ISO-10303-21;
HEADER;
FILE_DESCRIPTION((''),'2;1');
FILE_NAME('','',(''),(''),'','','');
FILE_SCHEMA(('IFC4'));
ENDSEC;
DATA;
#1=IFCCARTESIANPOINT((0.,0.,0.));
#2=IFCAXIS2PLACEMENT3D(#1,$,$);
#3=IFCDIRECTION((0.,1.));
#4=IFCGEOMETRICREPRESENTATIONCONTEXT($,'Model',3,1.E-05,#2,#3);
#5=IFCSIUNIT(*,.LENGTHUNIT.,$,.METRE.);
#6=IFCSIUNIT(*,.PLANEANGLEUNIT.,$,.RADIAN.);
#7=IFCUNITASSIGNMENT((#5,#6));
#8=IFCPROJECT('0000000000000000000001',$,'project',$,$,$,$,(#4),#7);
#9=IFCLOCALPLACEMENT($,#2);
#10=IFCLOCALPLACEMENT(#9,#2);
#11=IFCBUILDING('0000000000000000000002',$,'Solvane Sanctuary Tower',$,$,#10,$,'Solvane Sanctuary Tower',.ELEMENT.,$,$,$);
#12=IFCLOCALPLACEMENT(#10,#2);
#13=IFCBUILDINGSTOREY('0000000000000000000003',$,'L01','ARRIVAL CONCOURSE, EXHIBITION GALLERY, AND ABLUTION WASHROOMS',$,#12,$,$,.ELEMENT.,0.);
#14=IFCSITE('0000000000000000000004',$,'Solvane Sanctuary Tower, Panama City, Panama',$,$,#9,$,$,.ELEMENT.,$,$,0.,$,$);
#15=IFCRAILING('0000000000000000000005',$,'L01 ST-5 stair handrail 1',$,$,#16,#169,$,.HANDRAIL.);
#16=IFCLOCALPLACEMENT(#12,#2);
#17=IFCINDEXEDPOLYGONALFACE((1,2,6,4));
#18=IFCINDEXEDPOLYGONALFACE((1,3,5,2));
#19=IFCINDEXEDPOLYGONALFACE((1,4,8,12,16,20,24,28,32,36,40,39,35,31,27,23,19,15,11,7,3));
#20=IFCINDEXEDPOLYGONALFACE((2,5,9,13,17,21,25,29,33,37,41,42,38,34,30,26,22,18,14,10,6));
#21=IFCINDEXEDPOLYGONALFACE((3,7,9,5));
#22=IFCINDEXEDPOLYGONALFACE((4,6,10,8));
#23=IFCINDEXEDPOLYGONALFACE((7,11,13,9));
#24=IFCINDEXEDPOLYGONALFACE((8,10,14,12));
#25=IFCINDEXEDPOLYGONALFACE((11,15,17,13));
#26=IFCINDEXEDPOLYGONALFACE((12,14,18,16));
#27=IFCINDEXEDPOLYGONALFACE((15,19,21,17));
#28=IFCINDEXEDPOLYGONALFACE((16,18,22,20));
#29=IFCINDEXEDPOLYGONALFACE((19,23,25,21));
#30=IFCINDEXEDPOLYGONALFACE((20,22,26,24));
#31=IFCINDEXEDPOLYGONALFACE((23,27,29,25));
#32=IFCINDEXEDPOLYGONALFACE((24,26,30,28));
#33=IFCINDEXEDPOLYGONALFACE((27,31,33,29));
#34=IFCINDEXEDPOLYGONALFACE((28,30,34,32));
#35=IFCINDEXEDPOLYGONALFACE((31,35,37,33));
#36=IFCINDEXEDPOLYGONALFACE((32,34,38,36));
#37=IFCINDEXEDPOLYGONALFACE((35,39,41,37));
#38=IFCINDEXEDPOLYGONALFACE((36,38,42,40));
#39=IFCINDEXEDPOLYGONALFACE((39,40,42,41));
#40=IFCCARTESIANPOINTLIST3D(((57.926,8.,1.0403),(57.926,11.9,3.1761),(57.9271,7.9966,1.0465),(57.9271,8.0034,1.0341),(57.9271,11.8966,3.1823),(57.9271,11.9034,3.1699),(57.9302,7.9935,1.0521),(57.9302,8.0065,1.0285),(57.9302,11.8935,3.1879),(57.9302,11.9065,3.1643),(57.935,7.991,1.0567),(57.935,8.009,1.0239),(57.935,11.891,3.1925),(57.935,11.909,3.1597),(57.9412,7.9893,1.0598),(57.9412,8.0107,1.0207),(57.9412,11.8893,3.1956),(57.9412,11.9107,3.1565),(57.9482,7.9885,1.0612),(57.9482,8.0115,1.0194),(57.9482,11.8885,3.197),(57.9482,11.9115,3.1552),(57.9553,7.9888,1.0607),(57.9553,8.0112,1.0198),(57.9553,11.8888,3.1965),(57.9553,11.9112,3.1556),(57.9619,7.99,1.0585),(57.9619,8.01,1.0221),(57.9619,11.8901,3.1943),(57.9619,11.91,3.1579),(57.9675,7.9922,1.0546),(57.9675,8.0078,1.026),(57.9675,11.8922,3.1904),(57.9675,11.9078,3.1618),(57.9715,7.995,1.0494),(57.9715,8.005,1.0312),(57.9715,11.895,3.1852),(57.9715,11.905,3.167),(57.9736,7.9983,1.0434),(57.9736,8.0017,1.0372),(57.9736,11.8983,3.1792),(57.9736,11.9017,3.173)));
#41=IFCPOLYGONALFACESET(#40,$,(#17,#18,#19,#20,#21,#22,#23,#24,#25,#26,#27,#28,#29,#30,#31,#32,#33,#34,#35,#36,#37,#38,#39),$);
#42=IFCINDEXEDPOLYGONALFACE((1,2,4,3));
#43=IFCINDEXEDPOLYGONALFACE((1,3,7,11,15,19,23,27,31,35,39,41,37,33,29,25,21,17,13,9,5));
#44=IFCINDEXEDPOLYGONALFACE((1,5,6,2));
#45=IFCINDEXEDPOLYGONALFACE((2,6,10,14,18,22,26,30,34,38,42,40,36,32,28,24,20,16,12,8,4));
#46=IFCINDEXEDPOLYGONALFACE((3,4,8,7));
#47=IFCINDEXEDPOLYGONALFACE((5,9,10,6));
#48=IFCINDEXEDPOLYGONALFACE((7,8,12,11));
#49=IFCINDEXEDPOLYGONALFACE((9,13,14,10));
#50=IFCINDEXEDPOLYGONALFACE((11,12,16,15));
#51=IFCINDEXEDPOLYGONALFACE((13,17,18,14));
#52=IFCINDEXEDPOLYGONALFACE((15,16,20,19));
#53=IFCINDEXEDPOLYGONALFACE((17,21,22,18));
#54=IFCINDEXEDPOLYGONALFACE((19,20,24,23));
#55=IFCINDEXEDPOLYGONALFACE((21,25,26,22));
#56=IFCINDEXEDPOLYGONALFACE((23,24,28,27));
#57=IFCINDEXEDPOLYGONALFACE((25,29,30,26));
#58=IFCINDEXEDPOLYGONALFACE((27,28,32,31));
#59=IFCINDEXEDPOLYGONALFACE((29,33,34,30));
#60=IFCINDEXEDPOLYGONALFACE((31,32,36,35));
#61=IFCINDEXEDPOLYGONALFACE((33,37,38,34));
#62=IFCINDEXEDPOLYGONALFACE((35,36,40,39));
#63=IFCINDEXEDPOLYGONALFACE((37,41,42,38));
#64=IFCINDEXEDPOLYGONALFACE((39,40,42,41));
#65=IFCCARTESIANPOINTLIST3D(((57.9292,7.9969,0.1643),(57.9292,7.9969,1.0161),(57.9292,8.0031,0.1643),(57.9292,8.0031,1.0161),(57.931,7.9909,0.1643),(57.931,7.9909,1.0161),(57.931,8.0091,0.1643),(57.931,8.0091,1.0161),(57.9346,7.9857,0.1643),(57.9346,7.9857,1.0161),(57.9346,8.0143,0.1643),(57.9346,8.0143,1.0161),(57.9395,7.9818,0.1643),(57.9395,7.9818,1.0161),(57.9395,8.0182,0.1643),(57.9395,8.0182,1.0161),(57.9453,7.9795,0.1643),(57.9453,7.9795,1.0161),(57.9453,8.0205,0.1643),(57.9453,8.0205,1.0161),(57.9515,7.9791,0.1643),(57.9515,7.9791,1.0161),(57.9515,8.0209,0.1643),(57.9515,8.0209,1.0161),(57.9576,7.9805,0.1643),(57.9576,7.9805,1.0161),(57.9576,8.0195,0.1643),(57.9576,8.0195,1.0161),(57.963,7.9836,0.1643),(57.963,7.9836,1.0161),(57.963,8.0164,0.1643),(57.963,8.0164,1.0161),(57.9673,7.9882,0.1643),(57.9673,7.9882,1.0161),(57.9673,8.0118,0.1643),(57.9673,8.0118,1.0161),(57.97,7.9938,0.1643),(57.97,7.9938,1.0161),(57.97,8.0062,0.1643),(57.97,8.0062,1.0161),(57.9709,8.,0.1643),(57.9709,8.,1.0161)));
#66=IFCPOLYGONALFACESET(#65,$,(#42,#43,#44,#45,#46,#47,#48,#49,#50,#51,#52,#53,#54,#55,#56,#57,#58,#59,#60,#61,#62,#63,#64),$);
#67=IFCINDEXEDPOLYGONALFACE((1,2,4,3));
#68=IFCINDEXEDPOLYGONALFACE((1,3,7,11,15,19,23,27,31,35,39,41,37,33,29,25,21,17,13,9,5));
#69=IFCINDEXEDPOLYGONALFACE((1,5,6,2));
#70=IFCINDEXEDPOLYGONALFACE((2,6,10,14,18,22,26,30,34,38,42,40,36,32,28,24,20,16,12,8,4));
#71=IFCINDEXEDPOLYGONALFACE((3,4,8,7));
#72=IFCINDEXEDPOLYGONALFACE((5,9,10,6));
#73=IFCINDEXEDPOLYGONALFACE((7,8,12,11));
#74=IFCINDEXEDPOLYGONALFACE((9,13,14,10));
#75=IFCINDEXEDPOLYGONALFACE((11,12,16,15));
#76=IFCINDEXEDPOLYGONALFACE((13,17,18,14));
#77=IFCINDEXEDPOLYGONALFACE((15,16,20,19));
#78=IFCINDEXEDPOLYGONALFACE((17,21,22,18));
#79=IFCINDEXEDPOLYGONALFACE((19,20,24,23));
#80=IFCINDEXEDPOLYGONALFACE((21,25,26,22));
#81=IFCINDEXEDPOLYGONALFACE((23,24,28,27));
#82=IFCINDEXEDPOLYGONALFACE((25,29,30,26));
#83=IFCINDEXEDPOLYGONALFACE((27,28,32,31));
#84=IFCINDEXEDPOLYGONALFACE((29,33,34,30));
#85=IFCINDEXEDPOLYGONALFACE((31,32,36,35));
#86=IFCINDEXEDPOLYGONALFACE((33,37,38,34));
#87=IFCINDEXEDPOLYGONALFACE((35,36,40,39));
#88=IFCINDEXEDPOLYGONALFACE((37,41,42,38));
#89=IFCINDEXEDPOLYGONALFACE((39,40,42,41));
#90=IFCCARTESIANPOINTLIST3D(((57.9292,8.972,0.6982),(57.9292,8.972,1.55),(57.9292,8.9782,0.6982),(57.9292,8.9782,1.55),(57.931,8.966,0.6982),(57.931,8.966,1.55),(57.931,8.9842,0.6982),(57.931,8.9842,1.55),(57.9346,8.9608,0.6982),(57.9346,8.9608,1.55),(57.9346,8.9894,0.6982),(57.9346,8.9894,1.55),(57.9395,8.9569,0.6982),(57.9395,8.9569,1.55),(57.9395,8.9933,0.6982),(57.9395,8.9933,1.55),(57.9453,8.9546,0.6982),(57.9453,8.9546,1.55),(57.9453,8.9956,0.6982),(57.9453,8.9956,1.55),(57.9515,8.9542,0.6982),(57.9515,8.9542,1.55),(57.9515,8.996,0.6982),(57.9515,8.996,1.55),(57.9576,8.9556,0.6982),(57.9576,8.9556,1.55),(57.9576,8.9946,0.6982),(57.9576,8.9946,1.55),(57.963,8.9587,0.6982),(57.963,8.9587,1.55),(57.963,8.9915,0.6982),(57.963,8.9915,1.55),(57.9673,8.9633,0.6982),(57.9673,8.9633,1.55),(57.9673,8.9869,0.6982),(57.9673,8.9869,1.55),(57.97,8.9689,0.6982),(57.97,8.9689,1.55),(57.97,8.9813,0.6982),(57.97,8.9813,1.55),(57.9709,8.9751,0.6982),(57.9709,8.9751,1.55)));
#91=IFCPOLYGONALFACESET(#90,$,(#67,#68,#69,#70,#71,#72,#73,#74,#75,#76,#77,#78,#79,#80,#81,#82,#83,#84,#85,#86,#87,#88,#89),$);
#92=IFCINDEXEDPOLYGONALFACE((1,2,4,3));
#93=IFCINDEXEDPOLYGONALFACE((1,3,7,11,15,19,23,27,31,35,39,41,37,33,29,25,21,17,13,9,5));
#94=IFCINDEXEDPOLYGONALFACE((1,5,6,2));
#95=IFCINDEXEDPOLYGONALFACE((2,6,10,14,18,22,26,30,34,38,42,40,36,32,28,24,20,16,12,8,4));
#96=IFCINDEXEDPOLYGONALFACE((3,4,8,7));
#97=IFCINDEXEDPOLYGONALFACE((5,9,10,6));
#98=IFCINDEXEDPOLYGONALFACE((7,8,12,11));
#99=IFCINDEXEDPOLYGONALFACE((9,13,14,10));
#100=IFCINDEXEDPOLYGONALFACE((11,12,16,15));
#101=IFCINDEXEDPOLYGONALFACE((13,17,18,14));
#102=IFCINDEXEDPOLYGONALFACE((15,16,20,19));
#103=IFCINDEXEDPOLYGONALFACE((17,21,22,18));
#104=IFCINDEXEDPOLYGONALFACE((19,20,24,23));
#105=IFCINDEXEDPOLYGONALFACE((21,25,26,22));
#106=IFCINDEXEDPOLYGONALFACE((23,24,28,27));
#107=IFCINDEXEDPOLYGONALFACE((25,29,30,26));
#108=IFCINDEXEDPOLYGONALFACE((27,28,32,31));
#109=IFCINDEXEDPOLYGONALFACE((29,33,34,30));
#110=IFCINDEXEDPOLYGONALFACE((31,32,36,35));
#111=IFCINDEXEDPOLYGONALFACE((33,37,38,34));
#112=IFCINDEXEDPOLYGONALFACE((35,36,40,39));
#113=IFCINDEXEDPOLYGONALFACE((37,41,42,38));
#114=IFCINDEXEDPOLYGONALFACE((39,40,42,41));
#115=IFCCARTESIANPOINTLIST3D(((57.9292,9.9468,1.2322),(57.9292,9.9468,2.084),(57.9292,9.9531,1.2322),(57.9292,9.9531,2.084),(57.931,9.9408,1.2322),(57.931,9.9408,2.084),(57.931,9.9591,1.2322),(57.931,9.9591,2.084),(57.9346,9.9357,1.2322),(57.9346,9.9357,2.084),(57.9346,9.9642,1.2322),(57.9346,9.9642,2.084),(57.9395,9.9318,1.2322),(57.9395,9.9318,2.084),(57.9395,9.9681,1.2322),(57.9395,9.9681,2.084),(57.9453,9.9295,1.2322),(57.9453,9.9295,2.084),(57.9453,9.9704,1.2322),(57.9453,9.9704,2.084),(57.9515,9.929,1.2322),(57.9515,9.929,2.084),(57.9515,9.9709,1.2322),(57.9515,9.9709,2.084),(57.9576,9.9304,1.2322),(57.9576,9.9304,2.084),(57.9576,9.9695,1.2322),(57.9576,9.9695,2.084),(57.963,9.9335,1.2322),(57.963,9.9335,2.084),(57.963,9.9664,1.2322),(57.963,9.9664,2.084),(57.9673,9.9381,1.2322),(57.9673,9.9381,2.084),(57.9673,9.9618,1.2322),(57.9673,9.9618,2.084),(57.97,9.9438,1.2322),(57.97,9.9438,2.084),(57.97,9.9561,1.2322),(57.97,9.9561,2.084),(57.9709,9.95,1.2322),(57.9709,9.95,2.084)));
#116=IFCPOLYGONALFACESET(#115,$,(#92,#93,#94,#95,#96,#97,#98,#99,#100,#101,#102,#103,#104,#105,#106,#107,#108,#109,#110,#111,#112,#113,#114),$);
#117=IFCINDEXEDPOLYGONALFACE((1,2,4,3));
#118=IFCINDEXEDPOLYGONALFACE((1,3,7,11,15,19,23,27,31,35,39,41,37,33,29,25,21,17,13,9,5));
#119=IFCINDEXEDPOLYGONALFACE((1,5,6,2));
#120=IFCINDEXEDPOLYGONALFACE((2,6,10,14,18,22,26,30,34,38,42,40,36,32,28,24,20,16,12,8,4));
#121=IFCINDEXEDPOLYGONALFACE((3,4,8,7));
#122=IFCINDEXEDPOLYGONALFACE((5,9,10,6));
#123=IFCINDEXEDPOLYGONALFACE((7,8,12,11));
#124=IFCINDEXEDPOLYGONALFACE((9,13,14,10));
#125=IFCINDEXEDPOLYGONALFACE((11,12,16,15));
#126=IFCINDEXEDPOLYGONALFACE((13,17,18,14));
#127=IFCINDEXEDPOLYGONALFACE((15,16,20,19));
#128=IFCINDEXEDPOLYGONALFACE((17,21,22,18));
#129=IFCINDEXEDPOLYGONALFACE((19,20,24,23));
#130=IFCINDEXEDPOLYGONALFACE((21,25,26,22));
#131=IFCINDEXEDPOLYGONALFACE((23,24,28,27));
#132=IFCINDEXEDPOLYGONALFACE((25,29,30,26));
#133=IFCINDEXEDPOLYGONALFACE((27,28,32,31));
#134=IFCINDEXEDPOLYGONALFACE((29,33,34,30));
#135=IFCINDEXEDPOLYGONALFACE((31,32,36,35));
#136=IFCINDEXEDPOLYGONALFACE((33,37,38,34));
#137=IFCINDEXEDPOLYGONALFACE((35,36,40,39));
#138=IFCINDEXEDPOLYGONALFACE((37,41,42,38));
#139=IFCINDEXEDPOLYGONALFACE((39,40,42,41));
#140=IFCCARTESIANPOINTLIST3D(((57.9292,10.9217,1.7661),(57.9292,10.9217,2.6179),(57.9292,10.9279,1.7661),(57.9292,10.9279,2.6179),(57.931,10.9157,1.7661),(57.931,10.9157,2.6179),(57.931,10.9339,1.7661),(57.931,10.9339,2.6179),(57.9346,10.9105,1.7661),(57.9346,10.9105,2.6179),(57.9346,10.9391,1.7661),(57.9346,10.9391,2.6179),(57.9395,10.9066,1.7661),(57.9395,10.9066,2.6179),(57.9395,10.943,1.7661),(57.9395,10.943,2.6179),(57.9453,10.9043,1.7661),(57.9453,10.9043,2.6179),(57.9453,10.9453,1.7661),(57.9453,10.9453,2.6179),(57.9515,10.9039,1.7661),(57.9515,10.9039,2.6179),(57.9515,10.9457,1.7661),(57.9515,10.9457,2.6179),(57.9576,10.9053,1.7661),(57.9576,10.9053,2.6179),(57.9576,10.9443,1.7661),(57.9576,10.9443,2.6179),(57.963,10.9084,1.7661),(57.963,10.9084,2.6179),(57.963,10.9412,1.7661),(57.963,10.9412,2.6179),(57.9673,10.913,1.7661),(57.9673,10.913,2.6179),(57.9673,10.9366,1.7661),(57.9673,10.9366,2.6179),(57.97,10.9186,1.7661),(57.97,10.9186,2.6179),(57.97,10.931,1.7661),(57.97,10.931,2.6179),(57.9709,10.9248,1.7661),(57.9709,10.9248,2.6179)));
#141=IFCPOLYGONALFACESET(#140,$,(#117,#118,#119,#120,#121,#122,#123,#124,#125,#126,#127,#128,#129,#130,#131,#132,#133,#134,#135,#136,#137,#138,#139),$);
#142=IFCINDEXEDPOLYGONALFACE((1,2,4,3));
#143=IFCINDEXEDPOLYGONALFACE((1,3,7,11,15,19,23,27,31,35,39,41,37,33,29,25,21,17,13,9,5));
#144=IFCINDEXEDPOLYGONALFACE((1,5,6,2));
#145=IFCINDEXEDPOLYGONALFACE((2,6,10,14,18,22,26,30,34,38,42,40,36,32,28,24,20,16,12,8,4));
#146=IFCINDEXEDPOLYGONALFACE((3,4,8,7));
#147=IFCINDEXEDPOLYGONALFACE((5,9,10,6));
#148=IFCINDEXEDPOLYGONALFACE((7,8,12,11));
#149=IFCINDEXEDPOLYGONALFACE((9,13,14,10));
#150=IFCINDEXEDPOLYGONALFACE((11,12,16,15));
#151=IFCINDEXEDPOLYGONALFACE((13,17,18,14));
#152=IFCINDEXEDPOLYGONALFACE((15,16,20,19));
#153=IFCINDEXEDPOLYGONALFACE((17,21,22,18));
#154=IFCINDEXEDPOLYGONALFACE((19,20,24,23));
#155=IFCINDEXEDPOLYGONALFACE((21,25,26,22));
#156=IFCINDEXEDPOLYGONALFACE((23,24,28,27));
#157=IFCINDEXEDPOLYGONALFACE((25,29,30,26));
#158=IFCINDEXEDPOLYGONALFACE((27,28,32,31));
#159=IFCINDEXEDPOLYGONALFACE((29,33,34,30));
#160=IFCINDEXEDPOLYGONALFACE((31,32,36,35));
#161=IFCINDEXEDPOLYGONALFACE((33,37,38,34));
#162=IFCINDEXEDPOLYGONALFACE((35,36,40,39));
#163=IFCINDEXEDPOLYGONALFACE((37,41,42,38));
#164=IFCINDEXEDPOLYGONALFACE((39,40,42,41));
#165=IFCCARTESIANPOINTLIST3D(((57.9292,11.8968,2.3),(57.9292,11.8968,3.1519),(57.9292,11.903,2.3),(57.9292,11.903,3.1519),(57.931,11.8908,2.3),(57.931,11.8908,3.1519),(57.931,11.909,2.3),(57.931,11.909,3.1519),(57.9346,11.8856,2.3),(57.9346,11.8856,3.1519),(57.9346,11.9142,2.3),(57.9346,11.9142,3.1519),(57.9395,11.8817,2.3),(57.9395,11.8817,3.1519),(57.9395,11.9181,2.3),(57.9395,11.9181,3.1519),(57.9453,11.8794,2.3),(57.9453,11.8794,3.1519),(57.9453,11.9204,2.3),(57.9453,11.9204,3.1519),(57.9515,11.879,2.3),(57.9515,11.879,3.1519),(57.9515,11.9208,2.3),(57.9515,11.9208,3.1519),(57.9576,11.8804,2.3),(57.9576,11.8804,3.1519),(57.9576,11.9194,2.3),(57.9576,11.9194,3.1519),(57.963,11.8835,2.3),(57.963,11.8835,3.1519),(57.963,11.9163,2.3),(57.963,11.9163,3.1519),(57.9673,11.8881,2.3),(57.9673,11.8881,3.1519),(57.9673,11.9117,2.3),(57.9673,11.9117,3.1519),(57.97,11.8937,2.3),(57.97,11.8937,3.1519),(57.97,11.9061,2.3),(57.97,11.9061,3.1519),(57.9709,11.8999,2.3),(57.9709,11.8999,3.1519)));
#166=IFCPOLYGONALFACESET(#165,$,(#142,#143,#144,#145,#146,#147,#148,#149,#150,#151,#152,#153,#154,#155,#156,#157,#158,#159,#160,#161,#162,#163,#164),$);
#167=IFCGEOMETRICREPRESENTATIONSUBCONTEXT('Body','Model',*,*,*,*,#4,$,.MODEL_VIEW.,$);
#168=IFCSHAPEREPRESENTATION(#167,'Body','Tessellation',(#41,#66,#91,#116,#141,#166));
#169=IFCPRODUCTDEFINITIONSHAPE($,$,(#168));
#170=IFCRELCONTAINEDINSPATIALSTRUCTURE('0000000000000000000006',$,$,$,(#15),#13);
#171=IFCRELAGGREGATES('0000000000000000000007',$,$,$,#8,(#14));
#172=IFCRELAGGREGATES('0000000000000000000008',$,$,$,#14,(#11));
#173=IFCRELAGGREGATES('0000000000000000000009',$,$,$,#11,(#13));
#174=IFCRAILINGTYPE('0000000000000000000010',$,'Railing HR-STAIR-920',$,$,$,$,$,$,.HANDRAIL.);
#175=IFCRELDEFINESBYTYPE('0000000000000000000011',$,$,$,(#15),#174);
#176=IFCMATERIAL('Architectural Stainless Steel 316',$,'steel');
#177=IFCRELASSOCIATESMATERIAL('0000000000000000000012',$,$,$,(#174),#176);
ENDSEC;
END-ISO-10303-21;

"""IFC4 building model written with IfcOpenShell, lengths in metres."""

from ifc_helpers import new_model, si_unit, direction, frame, origin, origin_2d, place, context, subcontext, project, spatial, circle, extrude, material, type_object, element, save


model = new_model("IFC4")

# Units and contexts
model_context = context("Model", 3, precision=1e-05, world=origin(), true_north=direction((0.0, 1.0)))
body_context = subcontext(model_context, "Body", "Model", "MODEL_VIEW")
ifc_project = project(units=[si_unit("LENGTHUNIT", "METRE"), si_unit("PLANEANGLEUNIT", "RADIAN")], contexts=[model_context])

# Site, building, storey
site_placement = place(None, origin())
site = spatial("IfcSite", under=ifc_project, at=site_placement, Name="Solvane Sanctuary Tower, Panama City, Panama", CompositionType="ELEMENT", RefElevation=0.0)
building_placement = place(site_placement, origin())
building = spatial("IfcBuilding", under=site, at=building_placement, Name="Solvane Sanctuary Tower", LongName="Solvane Sanctuary Tower", CompositionType="ELEMENT")
storey_placement = place(building_placement, origin())
storey = spatial("IfcBuildingStorey", under=building, at=storey_placement, Name="L01", Description="ARRIVAL CONCOURSE, EXHIBITION GALLERY, AND ABLUTION WASHROOMS", CompositionType="ELEMENT", Elevation=0.0)

# Shared definitions
ifc_material_1 = material(Name="Architectural Stainless Steel 316", Category="steel")

# Railing
railing_type_1 = type_object("IfcRailingType", Name="Railing HR-STAIR-920", PredefinedType="HANDRAIL", material=ifc_material_1)
railing_1_placement = place(storey_placement, frame((57.95, 8.0, 0.1643)))
element("IfcRailing", 1, at=railing_1_placement, inside=storey, type_object=railing_type_1, Name="L01 ST-5 stair handrail 1", PredefinedType="HANDRAIL", context=body_context, shape_type="SweptSolid", body=[
    extrude(circle(Radius=0.0239, at=origin_2d()), frame((0.0, 0.0, 0.876), z_axis=(0.0, 0.877089, 0.480329), x_axis=(-1.0, 0.0, 0.0)), (0.0, 0.0, 1.0), 4.4465),
    extrude(circle(Radius=0.021, at=origin_2d()), origin(), (0.0, 0.0, 1.0), 0.8518),
    extrude(circle(Radius=0.021, at=origin_2d()), frame((0.0, 0.9751, 0.5339)), (0.0, 0.0, 1.0), 0.8518),
    extrude(circle(Radius=0.021, at=origin_2d()), frame((0.0, 1.95, 1.0679)), (0.0, 0.0, 1.0), 0.8518),
    extrude(circle(Radius=0.021, at=origin_2d()), frame((0.0, 2.9248, 1.6018)), (0.0, 0.0, 1.0), 0.8518),
    extrude(circle(Radius=0.021, at=origin_2d()), frame((0.0, 3.8999, 2.1357)), (0.0, 0.0, 1.0), 0.8518),
])

save(model, "model.ifc")
